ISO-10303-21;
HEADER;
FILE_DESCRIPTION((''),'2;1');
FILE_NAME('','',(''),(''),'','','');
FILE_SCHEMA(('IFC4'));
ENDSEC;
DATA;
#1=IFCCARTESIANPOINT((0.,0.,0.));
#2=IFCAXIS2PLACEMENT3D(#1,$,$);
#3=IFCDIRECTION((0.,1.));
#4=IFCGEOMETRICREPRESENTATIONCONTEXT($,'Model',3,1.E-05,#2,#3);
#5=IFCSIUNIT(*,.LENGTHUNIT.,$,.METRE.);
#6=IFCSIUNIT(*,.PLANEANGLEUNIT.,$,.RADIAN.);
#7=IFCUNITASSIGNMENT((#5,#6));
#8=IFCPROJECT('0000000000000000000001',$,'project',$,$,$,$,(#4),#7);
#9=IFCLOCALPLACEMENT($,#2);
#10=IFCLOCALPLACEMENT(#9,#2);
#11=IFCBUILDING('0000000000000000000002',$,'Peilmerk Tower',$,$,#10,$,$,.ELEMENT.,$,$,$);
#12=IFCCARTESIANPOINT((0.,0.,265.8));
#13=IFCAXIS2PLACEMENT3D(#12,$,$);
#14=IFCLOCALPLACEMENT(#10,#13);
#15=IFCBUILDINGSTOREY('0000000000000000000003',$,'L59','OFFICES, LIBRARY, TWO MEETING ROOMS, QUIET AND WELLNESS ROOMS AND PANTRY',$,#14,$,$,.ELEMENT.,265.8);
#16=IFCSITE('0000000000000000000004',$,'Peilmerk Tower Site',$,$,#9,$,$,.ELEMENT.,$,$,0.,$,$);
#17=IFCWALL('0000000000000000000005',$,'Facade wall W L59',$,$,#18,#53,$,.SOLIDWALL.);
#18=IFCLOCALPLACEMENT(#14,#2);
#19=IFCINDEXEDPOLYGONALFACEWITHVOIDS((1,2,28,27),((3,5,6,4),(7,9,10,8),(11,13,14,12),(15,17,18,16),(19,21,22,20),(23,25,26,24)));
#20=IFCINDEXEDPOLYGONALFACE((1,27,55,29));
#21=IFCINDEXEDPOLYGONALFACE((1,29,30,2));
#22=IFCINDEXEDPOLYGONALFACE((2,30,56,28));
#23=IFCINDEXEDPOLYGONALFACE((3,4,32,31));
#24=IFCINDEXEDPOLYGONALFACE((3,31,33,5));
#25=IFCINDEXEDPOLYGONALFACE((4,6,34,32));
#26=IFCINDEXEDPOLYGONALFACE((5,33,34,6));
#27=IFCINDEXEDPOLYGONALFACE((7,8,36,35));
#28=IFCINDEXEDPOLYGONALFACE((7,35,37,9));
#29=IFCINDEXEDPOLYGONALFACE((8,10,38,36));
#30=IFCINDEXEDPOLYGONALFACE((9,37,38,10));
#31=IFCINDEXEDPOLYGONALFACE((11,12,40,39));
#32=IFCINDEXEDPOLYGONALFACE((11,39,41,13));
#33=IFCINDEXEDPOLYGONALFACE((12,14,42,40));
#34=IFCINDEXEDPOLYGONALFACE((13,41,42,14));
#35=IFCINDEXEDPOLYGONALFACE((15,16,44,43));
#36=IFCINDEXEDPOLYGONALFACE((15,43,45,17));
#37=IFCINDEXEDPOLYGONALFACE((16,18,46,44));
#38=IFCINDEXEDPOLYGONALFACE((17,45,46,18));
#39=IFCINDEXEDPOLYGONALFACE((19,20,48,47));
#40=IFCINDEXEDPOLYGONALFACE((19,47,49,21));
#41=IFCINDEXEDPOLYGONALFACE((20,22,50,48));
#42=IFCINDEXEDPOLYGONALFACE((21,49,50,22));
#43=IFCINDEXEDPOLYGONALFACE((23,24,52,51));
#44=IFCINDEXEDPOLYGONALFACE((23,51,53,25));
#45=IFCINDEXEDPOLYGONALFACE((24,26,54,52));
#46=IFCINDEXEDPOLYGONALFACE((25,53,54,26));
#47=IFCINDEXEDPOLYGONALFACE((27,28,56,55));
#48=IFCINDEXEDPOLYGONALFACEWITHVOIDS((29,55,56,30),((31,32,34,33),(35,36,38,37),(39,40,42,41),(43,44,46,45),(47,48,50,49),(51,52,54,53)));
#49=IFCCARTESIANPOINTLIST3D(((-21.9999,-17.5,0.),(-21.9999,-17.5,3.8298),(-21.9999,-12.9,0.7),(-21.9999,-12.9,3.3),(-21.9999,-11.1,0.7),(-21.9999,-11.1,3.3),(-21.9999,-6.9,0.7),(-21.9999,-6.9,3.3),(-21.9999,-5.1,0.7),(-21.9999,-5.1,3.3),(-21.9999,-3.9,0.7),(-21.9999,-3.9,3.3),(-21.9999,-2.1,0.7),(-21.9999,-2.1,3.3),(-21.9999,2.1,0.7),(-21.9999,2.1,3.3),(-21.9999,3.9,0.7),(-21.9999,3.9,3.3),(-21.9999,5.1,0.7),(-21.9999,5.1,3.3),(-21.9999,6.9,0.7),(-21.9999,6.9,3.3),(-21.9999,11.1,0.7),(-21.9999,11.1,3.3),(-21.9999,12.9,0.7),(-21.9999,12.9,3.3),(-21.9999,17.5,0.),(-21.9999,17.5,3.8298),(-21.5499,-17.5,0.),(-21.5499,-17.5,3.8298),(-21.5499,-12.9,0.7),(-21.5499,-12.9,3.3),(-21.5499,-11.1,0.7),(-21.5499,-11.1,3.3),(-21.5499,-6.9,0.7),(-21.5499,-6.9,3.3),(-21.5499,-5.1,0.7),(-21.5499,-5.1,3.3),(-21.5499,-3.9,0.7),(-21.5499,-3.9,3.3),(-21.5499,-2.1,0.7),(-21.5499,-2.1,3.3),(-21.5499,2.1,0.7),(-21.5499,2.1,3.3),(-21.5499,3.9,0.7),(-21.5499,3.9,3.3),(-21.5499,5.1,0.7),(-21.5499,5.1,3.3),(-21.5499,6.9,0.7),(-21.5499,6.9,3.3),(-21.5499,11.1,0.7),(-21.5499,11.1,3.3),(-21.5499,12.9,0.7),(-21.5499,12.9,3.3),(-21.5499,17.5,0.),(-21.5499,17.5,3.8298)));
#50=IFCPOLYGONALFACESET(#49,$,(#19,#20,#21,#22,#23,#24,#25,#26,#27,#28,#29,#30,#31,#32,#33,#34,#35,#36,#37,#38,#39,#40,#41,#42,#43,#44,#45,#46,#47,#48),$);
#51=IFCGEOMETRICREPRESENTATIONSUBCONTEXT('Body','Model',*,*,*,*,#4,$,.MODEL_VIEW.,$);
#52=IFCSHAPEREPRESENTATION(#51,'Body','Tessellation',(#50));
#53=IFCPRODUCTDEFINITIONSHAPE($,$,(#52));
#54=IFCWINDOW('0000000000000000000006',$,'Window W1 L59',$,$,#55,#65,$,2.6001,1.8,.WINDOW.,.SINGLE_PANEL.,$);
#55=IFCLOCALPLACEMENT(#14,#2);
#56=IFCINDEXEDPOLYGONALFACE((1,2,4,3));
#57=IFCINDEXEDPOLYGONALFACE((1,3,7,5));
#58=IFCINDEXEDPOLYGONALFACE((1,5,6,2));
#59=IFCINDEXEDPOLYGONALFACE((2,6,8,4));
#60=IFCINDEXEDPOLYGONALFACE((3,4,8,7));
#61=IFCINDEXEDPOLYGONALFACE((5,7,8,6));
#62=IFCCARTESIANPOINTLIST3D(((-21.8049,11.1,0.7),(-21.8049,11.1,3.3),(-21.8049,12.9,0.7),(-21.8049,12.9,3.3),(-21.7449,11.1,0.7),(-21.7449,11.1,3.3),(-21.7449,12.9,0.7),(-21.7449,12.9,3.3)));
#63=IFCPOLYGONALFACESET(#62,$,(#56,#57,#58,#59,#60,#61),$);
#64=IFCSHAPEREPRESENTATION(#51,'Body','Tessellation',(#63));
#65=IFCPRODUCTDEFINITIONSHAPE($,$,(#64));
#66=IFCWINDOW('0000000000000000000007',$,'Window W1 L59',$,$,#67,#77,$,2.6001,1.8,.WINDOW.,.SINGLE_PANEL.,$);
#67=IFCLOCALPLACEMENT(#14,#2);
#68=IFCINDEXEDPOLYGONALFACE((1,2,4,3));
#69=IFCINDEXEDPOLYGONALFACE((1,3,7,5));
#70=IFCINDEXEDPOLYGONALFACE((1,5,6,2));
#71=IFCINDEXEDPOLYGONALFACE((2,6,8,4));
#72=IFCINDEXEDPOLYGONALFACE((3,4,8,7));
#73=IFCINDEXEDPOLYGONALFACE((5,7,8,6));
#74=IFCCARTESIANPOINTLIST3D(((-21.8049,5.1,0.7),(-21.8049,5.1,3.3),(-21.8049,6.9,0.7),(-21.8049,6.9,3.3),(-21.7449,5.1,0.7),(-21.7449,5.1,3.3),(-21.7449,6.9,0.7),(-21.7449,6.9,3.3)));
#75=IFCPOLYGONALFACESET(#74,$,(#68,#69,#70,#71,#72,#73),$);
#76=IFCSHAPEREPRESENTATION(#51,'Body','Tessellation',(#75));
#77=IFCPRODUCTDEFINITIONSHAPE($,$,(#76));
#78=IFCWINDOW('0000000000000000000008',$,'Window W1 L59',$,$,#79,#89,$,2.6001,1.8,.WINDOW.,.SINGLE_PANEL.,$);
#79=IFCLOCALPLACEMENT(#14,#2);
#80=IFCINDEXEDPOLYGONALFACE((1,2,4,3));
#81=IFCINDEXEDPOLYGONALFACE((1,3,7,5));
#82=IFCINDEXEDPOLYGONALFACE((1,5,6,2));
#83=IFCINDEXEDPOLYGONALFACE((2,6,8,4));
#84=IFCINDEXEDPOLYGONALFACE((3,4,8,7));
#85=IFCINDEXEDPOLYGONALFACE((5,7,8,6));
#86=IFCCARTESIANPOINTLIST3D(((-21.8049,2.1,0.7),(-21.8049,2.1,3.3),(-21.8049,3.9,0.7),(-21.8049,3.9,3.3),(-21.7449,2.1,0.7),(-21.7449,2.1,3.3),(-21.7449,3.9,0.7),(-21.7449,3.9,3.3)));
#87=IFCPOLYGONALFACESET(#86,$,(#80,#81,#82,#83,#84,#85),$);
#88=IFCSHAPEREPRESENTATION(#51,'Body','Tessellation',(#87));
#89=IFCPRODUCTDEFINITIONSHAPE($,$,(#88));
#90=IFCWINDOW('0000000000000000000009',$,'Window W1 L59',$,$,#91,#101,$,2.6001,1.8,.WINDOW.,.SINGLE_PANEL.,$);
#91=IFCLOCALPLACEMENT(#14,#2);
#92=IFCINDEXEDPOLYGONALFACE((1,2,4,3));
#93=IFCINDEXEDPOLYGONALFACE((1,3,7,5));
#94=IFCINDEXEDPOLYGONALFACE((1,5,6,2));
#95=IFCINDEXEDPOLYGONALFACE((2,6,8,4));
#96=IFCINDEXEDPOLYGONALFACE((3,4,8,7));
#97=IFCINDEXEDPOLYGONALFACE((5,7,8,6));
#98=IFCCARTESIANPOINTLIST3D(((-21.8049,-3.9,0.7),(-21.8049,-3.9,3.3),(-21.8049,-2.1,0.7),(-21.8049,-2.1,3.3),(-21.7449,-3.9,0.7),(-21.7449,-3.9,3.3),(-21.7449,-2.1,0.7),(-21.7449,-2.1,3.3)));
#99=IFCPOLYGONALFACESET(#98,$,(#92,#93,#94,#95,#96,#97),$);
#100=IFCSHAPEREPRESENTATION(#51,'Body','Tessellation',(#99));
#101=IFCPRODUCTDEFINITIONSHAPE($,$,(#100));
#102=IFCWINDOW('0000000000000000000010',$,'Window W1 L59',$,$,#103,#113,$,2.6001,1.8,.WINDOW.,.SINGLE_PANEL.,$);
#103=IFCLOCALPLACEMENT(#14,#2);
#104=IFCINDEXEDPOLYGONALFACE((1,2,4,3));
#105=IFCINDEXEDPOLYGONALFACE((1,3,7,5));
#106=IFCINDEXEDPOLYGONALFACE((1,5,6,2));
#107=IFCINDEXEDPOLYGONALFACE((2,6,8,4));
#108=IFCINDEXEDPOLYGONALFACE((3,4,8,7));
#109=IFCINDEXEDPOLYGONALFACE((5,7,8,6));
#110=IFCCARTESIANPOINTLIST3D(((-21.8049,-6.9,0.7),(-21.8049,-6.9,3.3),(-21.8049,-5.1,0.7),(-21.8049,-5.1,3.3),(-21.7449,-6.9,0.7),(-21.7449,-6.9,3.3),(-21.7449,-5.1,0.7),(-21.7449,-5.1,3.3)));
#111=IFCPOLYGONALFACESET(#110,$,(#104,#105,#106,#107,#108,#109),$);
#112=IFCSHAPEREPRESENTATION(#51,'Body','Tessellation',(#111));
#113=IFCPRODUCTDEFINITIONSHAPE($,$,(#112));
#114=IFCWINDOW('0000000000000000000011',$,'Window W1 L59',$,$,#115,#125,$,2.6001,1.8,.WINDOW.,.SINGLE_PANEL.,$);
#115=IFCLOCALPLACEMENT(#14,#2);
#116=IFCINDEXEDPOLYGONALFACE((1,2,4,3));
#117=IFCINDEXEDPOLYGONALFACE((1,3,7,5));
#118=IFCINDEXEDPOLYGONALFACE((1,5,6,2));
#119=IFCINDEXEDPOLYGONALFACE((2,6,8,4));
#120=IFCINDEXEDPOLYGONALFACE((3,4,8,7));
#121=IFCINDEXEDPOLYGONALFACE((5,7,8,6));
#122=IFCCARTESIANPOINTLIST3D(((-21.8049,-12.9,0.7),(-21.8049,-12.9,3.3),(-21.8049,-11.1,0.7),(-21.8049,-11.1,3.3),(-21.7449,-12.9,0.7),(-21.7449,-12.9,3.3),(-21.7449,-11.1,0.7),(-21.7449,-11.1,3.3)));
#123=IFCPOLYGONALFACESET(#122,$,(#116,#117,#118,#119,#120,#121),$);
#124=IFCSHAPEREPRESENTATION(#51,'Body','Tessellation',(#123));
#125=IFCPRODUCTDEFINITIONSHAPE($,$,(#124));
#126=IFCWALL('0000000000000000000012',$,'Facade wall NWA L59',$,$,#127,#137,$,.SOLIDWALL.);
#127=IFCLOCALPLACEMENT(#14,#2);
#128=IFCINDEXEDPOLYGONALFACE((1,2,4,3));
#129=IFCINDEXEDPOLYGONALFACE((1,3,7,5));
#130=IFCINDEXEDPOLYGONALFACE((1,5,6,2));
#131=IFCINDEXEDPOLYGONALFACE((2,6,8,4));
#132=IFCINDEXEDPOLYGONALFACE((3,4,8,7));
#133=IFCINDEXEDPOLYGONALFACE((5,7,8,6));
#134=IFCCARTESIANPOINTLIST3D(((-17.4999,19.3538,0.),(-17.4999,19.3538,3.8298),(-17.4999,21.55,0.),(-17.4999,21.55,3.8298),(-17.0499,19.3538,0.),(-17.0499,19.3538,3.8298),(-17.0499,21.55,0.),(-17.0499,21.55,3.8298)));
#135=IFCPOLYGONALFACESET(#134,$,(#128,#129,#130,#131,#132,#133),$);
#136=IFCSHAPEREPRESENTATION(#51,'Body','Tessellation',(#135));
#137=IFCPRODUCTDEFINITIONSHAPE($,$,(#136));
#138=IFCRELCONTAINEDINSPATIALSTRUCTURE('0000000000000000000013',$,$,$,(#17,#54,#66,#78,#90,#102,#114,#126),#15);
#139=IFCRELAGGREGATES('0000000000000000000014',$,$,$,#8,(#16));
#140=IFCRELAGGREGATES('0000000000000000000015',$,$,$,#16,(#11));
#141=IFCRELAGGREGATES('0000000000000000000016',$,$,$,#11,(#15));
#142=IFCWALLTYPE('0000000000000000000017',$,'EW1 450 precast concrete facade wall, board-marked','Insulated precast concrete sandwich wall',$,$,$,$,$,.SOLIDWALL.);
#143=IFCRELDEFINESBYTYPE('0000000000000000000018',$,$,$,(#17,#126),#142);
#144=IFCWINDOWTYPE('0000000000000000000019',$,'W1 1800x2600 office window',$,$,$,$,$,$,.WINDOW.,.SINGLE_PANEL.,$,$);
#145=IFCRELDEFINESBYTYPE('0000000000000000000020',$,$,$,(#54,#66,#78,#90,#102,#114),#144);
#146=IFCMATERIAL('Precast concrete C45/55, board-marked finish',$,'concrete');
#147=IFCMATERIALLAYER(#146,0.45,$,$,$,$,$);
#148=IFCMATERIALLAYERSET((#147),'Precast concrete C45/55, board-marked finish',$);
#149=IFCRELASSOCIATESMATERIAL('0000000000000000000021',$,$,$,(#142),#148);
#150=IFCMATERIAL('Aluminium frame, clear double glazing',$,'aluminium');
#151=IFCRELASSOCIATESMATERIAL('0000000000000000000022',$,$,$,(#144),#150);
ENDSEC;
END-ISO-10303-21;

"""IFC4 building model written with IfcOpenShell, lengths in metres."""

from ifc_helpers import new_model, si_unit, direction, frame, frame_2d, origin, place, context, subcontext, project, spatial, rectangle, extrude, material, layer, layer_set, type_object, element, fill, save


model = new_model("IFC4")

# Units and contexts
model_context = context("Model", 3, precision=1e-05, world=origin(), true_north=direction((0.0, 1.0)))
body_context = subcontext(model_context, "Body", "Model", "MODEL_VIEW")
ifc_project = project(units=[si_unit("LENGTHUNIT", "METRE"), si_unit("PLANEANGLEUNIT", "RADIAN")], contexts=[model_context])

# Site, building, storey
site_placement = place(None, origin())
site = spatial("IfcSite", under=ifc_project, at=site_placement, Name="Peilmerk Tower Site", CompositionType="ELEMENT", RefElevation=0.0)
building_placement = place(site_placement, origin())
building = spatial("IfcBuilding", under=site, at=building_placement, Name="Peilmerk Tower", CompositionType="ELEMENT")
storey_placement = place(building_placement, frame((0.0, 0.0, 265.8)))
storey = spatial("IfcBuildingStorey", under=building, at=storey_placement, Name="L59", Description="OFFICES, LIBRARY, TWO MEETING ROOMS, QUIET AND WELLNESS ROOMS AND PANTRY", CompositionType="ELEMENT", Elevation=265.8)

# Wall, openings, windows
ifc_material_1 = material(Name="Precast concrete C45/55, board-marked finish", Category="concrete")
ifc_layer_1 = layer(ifc_material_1, 0.45)
ifc_layer_set_1 = layer_set([ifc_layer_1], Name="Precast concrete C45/55, board-marked finish")
wall_type = type_object("IfcWallType", Name="EW1 450 precast concrete facade wall, board-marked", Description="Insulated precast concrete sandwich wall", PredefinedType="SOLIDWALL", material=ifc_layer_set_1)
wall_1_placement = place(storey_placement, frame((-21.7749, 17.5, 0.0), z_axis=(0.0, 0.0, 1.0), x_axis=(0.0, -1.0, 0.0)))
wall_1 = element("IfcWall", 1, at=wall_1_placement, inside=storey, type_object=wall_type, Name="Facade wall W L59", PredefinedType="SOLIDWALL", context=body_context, shape_type="SweptSolid", body=[
    extrude(rectangle(XDim=35.0, YDim=0.45, at=frame_2d((17.5, 0.0))), origin(), (0.0, 0.0, 1.0), 3.8298),
])
opening_1_placement = place(wall_1_placement, frame((4.6001, 0.0, 0.7)))
opening_1 = element("IfcOpeningElement", 2, at=opening_1_placement, cuts=wall_1, PredefinedType="OPENING", context=body_context, shape_type="SweptSolid", body=[
    extrude(rectangle(XDim=1.8, YDim=2.6001, at=frame_2d((0.8999, 1.3))), frame((0.0, 0.2349, 0.0), z_axis=(0.0, -1.0, 0.0), x_axis=(1.0, 0.0, 0.0)), (0.0, 0.0, 1.0), 0.47),
])
opening_2_placement = place(wall_1_placement, frame((10.6001, 0.0, 0.7)))
opening_2 = element("IfcOpeningElement", 3, at=opening_2_placement, cuts=wall_1, PredefinedType="OPENING", context=body_context, shape_type="SweptSolid", body=[
    extrude(rectangle(XDim=1.8, YDim=2.6001, at=frame_2d((0.8999, 1.3))), frame((0.0, 0.2349, 0.0), z_axis=(0.0, -1.0, 0.0), x_axis=(1.0, 0.0, 0.0)), (0.0, 0.0, 1.0), 0.47),
])
opening_3_placement = place(wall_1_placement, frame((13.6001, 0.0, 0.7)))
opening_3 = element("IfcOpeningElement", 4, at=opening_3_placement, cuts=wall_1, PredefinedType="OPENING", context=body_context, shape_type="SweptSolid", body=[
    extrude(rectangle(XDim=1.8, YDim=2.6001, at=frame_2d((0.8999, 1.3))), frame((0.0, 0.2349, 0.0), z_axis=(0.0, -1.0, 0.0), x_axis=(1.0, 0.0, 0.0)), (0.0, 0.0, 1.0), 0.47),
])
opening_4_placement = place(wall_1_placement, frame((19.6001, 0.0, 0.7)))
opening_4 = element("IfcOpeningElement", 5, at=opening_4_placement, cuts=wall_1, PredefinedType="OPENING", context=body_context, shape_type="SweptSolid", body=[
    extrude(rectangle(XDim=1.8, YDim=2.6001, at=frame_2d((0.8999, 1.3))), frame((0.0, 0.2349, 0.0), z_axis=(0.0, -1.0, 0.0), x_axis=(1.0, 0.0, 0.0)), (0.0, 0.0, 1.0), 0.47),
])
opening_5_placement = place(wall_1_placement, frame((22.6001, 0.0, 0.7)))
opening_5 = element("IfcOpeningElement", 6, at=opening_5_placement, cuts=wall_1, PredefinedType="OPENING", context=body_context, shape_type="SweptSolid", body=[
    extrude(rectangle(XDim=1.8, YDim=2.6001, at=frame_2d((0.8999, 1.3))), frame((0.0, 0.2349, 0.0), z_axis=(0.0, -1.0, 0.0), x_axis=(1.0, 0.0, 0.0)), (0.0, 0.0, 1.0), 0.47),
])
opening_6_placement = place(wall_1_placement, frame((28.6001, 0.0, 0.7)))
opening_6 = element("IfcOpeningElement", 7, at=opening_6_placement, cuts=wall_1, PredefinedType="OPENING", context=body_context, shape_type="SweptSolid", body=[
    extrude(rectangle(XDim=1.8, YDim=2.6001, at=frame_2d((0.8999, 1.3))), frame((0.0, 0.2349, 0.0), z_axis=(0.0, -1.0, 0.0), x_axis=(1.0, 0.0, 0.0)), (0.0, 0.0, 1.0), 0.47),
])
ifc_material_2 = material(Name="Aluminium frame, clear double glazing", Category="aluminium")
window_type = type_object("IfcWindowType", Name="W1 1800x2600 office window", PartitioningType="SINGLE_PANEL", PredefinedType="WINDOW", material=ifc_material_2)
window_1_placement = place(opening_1_placement, origin())
window_1 = element("IfcWindow", 8, at=window_1_placement, inside=storey, type_object=window_type, Name="Window W1 L59", OverallHeight=2.6001, OverallWidth=1.8, PartitioningType="SINGLE_PANEL", PredefinedType="WINDOW", context=body_context, shape_type="SweptSolid", body=[
    extrude(rectangle(XDim=1.8, YDim=2.6001, at=frame_2d((0.8999, 1.3))), frame((0.0, 0.03, 0.0), z_axis=(0.0, -1.0, 0.0), x_axis=(1.0, 0.0, 0.0)), (0.0, 0.0, 1.0), 0.0601),
])
fill(opening_1, window_1)
window_2_placement = place(opening_2_placement, origin())
window_2 = element("IfcWindow", 9, at=window_2_placement, inside=storey, type_object=window_type, Name="Window W1 L59", OverallHeight=2.6001, OverallWidth=1.8, PartitioningType="SINGLE_PANEL", PredefinedType="WINDOW", context=body_context, shape_type="SweptSolid", body=[
    extrude(rectangle(XDim=1.8, YDim=2.6001, at=frame_2d((0.8999, 1.3))), frame((0.0, 0.03, 0.0), z_axis=(0.0, -1.0, 0.0), x_axis=(1.0, 0.0, 0.0)), (0.0, 0.0, 1.0), 0.0601),
])
fill(opening_2, window_2)
window_3_placement = place(opening_3_placement, origin())
window_3 = element("IfcWindow", 10, at=window_3_placement, inside=storey, type_object=window_type, Name="Window W1 L59", OverallHeight=2.6001, OverallWidth=1.8, PartitioningType="SINGLE_PANEL", PredefinedType="WINDOW", context=body_context, shape_type="SweptSolid", body=[
    extrude(rectangle(XDim=1.8, YDim=2.6001, at=frame_2d((0.8999, 1.3))), frame((0.0, 0.03, 0.0), z_axis=(0.0, -1.0, 0.0), x_axis=(1.0, 0.0, 0.0)), (0.0, 0.0, 1.0), 0.0601),
])
fill(opening_3, window_3)
window_4_placement = place(opening_4_placement, origin())
window_4 = element("IfcWindow", 11, at=window_4_placement, inside=storey, type_object=window_type, Name="Window W1 L59", OverallHeight=2.6001, OverallWidth=1.8, PartitioningType="SINGLE_PANEL", PredefinedType="WINDOW", context=body_context, shape_type="SweptSolid", body=[
    extrude(rectangle(XDim=1.8, YDim=2.6001, at=frame_2d((0.8999, 1.3))), frame((0.0, 0.03, 0.0), z_axis=(0.0, -1.0, 0.0), x_axis=(1.0, 0.0, 0.0)), (0.0, 0.0, 1.0), 0.0601),
])
fill(opening_4, window_4)
window_5_placement = place(opening_5_placement, origin())
window_5 = element("IfcWindow", 12, at=window_5_placement, inside=storey, type_object=window_type, Name="Window W1 L59", OverallHeight=2.6001, OverallWidth=1.8, PartitioningType="SINGLE_PANEL", PredefinedType="WINDOW", context=body_context, shape_type="SweptSolid", body=[
    extrude(rectangle(XDim=1.8, YDim=2.6001, at=frame_2d((0.8999, 1.3))), frame((0.0, 0.03, 0.0), z_axis=(0.0, -1.0, 0.0), x_axis=(1.0, 0.0, 0.0)), (0.0, 0.0, 1.0), 0.0601),
])
fill(opening_5, window_5)
window_6_placement = place(opening_6_placement, origin())
window_6 = element("IfcWindow", 13, at=window_6_placement, inside=storey, type_object=window_type, Name="Window W1 L59", OverallHeight=2.6001, OverallWidth=1.8, PartitioningType="SINGLE_PANEL", PredefinedType="WINDOW", context=body_context, shape_type="SweptSolid", body=[
    extrude(rectangle(XDim=1.8, YDim=2.6001, at=frame_2d((0.8999, 1.3))), frame((0.0, 0.03, 0.0), z_axis=(0.0, -1.0, 0.0), x_axis=(1.0, 0.0, 0.0)), (0.0, 0.0, 1.0), 0.0601),
])
fill(opening_6, window_6)

# Wall
wall_2_placement = place(storey_placement, frame((-17.2749, 19.3538, 0.0), z_axis=(0.0, 0.0, 1.0), x_axis=(0.0, 1.0, 0.0)))
element("IfcWall", 14, at=wall_2_placement, inside=storey, type_object=wall_type, Name="Facade wall NWA L59", PredefinedType="SOLIDWALL", context=body_context, shape_type="SweptSolid", body=[
    extrude(rectangle(XDim=2.1963, YDim=0.45, at=frame_2d((1.0981, 0.0))), origin(), (0.0, 0.0, 1.0), 3.8298),
])

save(model, "model.ifc")
